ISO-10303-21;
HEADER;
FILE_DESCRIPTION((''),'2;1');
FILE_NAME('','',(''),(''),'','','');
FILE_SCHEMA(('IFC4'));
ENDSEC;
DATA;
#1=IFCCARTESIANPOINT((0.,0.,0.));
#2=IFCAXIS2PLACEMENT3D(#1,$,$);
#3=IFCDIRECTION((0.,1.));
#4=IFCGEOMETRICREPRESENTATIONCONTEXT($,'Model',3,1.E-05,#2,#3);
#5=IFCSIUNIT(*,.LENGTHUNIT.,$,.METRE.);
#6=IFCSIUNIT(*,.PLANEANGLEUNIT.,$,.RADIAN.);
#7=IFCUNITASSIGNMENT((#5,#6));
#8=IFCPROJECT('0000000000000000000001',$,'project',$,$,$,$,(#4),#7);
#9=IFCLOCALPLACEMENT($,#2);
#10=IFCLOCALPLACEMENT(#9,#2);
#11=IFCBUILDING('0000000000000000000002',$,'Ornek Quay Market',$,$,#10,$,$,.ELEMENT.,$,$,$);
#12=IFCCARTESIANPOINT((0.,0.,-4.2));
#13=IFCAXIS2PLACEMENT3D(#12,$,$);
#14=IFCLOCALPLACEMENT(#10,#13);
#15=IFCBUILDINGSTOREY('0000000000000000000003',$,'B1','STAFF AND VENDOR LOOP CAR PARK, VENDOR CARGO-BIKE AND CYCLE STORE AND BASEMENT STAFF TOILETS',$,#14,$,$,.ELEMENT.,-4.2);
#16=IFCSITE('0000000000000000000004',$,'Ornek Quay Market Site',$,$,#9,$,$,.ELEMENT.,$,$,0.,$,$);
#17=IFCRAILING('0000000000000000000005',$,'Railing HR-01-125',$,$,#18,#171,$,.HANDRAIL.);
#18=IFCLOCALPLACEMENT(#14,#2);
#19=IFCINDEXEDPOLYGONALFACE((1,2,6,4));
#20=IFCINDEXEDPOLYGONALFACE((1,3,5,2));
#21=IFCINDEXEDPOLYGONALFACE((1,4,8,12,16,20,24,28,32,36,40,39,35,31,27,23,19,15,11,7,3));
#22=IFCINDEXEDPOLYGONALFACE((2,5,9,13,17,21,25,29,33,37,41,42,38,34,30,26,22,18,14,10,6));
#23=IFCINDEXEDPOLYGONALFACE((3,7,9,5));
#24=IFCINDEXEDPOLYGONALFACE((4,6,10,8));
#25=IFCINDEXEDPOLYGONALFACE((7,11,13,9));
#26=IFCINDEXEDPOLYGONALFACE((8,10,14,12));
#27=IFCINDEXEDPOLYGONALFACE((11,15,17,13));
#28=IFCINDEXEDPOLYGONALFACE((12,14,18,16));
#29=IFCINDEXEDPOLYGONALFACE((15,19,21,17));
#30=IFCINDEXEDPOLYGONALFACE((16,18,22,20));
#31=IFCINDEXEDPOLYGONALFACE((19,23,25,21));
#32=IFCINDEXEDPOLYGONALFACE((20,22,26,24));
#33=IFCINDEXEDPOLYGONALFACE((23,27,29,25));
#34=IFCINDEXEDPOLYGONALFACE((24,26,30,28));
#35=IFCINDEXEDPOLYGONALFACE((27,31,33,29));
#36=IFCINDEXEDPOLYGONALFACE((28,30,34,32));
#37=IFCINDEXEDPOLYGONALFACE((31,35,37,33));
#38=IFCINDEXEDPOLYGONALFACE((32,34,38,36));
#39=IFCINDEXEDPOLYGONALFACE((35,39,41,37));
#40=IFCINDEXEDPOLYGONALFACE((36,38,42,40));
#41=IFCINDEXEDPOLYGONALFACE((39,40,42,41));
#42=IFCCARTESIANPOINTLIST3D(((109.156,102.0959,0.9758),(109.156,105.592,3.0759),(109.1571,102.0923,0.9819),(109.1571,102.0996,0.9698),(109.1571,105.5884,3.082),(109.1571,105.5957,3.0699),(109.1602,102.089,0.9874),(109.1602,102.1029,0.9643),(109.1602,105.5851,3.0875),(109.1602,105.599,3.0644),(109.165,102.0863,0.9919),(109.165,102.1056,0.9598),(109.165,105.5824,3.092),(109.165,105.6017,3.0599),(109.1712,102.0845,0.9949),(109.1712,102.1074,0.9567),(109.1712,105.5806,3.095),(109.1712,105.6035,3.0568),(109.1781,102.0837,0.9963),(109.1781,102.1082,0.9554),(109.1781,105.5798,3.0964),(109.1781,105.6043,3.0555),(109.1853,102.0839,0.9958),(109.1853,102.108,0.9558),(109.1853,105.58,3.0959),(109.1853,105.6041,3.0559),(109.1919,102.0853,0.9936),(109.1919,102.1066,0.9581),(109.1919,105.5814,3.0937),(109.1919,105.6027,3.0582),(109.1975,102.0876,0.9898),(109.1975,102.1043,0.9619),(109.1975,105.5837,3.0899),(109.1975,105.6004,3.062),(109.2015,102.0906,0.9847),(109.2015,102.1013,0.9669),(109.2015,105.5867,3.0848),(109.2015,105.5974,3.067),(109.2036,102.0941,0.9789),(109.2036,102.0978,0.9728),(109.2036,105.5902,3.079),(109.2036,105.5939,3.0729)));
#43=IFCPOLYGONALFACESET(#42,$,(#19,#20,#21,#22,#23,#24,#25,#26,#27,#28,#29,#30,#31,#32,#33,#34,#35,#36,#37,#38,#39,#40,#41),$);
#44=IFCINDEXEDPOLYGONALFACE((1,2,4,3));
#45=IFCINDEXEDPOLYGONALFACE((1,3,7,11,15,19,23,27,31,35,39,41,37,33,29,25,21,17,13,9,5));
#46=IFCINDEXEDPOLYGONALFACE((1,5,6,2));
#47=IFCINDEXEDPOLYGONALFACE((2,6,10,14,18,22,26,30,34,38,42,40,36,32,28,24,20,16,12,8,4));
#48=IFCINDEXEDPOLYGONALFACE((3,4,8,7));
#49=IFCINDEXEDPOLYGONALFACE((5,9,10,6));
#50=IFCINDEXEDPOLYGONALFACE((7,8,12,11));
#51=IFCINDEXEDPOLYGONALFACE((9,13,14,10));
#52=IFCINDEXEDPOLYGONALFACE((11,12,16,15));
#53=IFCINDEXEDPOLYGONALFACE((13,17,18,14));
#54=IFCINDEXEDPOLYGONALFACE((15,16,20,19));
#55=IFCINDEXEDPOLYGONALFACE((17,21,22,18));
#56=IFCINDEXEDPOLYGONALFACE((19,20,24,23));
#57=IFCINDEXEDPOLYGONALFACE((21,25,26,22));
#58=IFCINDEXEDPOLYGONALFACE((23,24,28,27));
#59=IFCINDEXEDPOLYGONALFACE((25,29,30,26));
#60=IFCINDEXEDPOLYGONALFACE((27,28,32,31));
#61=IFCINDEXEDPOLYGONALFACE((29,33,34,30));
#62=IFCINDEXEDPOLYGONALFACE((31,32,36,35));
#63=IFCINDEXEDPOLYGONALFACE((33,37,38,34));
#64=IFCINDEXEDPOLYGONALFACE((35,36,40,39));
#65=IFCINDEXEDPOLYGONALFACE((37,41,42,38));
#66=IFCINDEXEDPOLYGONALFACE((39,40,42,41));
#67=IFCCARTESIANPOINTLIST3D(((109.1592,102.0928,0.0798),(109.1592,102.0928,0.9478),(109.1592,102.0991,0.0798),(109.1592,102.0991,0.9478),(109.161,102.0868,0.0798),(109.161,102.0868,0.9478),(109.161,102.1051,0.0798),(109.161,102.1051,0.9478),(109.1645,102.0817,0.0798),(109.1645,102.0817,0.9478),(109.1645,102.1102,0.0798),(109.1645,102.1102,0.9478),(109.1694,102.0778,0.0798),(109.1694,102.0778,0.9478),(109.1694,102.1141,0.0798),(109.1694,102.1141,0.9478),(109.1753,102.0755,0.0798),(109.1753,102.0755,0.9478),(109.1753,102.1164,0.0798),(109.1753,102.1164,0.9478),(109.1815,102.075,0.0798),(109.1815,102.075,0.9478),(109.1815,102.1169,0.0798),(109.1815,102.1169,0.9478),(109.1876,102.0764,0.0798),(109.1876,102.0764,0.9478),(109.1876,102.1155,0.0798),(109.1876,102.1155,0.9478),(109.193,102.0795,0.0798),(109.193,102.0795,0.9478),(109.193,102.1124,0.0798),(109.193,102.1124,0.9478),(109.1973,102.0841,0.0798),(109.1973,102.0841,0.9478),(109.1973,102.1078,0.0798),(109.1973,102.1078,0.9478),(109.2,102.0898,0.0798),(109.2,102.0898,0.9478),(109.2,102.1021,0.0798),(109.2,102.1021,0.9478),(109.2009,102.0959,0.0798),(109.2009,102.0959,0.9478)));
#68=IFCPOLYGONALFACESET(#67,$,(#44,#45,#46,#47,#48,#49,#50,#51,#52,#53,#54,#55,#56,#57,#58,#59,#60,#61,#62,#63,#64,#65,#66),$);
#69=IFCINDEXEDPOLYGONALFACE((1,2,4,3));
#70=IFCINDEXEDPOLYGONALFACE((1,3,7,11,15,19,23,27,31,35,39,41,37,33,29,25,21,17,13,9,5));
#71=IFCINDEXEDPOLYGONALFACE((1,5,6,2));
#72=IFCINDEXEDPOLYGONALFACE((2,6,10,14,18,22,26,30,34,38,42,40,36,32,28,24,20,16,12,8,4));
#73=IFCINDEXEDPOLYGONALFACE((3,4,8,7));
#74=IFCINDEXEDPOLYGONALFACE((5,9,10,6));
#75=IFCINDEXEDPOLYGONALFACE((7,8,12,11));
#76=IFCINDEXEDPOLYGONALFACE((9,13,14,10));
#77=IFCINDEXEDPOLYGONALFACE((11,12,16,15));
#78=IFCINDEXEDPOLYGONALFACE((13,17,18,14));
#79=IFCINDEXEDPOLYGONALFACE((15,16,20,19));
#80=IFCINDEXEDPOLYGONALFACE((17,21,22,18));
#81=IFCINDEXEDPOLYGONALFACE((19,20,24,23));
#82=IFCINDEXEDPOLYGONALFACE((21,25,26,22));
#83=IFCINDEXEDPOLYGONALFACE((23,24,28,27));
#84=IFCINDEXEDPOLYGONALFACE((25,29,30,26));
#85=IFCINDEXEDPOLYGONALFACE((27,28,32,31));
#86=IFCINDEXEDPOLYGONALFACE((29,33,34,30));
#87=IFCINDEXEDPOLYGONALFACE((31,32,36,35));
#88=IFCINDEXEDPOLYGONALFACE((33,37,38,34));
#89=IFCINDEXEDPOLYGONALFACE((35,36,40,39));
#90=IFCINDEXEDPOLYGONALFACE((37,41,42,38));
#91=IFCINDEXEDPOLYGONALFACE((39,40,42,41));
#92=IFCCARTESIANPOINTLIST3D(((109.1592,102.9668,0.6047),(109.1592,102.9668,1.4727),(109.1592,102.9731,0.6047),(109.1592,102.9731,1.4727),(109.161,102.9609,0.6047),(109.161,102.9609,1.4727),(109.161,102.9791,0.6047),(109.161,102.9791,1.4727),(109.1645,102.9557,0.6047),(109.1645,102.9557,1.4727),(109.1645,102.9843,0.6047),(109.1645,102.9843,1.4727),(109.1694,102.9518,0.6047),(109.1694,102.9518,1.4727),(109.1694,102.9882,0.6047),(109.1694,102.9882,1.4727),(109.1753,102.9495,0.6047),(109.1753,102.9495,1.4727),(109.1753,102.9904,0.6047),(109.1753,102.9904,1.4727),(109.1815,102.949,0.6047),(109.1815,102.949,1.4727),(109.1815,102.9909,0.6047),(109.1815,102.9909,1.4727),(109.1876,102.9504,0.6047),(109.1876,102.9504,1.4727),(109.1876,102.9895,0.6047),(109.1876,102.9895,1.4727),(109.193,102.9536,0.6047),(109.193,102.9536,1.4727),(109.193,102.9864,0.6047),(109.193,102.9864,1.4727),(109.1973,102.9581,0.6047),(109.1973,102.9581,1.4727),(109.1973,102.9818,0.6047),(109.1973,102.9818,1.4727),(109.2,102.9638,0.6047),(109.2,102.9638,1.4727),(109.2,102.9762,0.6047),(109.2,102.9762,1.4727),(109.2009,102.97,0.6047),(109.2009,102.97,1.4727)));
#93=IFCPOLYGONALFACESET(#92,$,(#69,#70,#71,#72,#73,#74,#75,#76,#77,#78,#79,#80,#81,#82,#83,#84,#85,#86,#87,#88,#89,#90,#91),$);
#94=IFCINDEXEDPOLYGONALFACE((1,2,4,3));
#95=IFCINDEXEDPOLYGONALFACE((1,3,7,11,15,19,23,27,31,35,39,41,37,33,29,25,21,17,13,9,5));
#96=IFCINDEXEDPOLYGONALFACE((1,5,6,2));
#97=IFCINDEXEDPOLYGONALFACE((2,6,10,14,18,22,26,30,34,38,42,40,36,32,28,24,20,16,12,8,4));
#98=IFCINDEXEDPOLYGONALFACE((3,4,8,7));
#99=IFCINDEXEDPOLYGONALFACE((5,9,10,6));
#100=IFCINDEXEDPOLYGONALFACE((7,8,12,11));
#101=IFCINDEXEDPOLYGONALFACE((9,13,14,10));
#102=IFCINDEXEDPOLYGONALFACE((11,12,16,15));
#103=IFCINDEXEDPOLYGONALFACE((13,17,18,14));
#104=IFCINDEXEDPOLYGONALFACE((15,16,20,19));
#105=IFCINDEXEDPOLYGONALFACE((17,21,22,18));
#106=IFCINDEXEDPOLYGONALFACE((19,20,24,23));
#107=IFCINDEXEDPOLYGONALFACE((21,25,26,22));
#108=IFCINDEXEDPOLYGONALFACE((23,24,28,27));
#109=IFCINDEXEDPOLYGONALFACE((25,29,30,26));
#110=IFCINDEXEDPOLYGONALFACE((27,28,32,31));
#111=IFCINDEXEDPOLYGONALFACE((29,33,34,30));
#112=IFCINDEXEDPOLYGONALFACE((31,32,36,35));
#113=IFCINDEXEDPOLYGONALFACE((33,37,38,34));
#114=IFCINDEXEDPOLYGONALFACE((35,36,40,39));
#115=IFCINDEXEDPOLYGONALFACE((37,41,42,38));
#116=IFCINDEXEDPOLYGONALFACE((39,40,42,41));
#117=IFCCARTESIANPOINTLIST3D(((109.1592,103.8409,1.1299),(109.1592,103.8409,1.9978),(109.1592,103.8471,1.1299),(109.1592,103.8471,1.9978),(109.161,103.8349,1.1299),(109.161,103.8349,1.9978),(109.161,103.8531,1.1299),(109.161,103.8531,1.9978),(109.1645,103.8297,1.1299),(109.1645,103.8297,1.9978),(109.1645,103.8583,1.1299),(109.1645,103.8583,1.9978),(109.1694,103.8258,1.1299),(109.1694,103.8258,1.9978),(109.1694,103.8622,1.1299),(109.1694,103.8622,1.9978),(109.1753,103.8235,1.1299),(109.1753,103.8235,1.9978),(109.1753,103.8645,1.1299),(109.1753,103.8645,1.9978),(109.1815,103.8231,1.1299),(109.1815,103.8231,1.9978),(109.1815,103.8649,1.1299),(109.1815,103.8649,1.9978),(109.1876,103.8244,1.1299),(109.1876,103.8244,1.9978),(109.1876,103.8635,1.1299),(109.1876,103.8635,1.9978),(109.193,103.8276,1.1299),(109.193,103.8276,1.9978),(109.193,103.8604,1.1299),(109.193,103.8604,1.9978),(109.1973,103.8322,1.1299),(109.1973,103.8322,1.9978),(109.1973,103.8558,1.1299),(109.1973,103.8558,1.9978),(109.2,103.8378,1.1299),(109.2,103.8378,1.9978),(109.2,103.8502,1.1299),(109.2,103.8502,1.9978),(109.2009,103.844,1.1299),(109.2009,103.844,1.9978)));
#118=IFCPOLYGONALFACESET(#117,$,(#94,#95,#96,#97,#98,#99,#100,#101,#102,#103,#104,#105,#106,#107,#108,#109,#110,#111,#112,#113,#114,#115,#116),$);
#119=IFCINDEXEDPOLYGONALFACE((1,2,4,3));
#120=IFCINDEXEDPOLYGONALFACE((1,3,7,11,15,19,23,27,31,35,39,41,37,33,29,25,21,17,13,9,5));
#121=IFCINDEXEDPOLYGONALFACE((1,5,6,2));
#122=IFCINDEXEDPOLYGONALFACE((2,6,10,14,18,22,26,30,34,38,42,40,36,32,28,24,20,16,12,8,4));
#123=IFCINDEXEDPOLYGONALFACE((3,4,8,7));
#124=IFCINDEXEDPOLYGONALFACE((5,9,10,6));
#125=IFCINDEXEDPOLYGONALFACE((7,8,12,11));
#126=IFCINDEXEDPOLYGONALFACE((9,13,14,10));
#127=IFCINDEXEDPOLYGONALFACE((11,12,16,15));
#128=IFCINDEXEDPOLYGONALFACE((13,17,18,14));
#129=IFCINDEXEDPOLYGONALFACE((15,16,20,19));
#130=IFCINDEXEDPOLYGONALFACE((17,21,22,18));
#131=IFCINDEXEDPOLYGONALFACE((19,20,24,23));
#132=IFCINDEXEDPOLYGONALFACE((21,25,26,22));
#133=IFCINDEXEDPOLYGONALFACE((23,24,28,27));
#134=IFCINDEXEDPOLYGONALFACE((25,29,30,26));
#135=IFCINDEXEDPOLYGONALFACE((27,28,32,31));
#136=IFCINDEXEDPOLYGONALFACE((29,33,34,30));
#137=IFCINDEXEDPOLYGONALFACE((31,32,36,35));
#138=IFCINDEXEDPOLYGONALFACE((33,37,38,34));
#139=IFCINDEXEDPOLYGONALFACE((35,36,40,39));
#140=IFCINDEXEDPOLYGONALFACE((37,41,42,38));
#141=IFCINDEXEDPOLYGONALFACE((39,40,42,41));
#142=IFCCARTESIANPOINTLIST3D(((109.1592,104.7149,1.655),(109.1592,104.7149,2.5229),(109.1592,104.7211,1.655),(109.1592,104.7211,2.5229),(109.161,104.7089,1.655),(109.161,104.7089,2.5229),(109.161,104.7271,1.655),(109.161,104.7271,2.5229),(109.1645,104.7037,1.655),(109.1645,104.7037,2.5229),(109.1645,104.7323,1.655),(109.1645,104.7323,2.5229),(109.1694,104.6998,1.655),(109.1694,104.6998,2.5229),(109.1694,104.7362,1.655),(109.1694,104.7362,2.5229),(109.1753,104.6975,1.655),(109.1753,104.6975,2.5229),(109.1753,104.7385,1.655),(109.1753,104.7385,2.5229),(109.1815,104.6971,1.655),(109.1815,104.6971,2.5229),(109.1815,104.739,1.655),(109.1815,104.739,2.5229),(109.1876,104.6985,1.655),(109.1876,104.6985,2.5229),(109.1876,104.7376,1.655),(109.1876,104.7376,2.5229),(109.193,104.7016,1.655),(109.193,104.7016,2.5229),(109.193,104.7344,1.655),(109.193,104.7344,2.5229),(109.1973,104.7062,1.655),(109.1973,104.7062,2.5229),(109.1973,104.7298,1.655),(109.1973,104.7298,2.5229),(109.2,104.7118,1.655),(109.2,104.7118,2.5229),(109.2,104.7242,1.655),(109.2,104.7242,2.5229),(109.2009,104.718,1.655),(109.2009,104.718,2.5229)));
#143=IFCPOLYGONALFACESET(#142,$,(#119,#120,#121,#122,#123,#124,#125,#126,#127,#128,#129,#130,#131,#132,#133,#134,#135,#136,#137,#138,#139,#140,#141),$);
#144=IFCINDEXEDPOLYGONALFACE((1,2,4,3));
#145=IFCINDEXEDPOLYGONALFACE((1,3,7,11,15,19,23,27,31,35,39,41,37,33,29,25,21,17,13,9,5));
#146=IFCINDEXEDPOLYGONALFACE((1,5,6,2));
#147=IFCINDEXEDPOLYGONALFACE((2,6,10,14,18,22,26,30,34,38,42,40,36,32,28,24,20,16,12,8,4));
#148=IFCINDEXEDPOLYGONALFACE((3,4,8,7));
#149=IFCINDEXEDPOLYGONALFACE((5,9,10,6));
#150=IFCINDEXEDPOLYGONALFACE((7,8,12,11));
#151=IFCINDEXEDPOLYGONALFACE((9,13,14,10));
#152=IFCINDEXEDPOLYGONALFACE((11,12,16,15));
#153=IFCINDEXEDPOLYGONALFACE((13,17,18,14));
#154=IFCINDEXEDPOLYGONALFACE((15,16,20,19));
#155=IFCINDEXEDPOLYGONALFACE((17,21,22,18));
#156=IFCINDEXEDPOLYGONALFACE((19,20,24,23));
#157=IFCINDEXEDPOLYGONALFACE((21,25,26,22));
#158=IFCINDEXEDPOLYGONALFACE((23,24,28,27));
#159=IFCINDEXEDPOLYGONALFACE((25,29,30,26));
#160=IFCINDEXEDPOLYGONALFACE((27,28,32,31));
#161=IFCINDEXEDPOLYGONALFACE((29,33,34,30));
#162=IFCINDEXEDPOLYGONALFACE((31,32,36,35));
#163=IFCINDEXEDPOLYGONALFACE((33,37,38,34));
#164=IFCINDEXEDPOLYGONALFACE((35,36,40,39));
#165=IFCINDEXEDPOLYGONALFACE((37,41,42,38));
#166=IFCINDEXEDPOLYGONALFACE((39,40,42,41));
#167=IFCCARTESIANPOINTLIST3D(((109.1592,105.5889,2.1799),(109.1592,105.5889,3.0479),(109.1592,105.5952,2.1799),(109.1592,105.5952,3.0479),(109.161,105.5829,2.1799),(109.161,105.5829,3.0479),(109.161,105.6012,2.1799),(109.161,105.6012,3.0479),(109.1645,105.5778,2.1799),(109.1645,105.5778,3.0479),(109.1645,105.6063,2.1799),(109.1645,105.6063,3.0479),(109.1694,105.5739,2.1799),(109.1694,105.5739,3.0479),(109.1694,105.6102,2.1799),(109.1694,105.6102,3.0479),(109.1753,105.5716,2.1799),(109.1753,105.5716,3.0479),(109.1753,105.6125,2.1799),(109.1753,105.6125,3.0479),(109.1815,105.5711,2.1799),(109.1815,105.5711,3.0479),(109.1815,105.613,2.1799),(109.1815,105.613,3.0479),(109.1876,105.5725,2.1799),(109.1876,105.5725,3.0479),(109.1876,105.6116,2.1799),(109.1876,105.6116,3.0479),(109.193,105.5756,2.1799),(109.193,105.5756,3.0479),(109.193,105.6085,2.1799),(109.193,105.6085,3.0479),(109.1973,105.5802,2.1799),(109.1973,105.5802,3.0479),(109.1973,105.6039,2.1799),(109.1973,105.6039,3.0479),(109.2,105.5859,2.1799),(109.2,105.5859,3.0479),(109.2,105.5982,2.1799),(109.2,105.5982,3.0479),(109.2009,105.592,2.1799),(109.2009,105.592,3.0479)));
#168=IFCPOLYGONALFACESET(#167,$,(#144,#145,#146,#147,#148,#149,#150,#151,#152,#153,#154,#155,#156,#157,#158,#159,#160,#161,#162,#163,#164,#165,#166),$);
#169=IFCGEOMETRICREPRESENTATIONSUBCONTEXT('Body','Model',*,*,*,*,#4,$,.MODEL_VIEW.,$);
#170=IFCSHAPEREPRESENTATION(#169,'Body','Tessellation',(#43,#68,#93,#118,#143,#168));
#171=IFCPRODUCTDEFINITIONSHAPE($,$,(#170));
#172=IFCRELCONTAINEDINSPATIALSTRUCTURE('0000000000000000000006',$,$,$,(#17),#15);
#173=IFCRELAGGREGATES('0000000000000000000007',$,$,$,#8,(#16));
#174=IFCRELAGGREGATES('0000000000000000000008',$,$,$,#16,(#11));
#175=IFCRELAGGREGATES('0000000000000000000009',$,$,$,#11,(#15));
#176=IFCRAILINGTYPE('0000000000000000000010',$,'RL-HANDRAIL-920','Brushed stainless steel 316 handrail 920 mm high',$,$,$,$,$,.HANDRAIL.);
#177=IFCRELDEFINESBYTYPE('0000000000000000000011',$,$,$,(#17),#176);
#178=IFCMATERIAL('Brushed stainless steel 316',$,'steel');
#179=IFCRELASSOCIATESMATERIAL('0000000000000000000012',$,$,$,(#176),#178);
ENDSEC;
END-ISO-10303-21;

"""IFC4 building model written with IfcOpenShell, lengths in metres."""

from ifc_helpers import new_model, si_unit, direction, frame, origin, origin_2d, place, context, subcontext, project, spatial, circle, extrude, material, type_object, element, save


model = new_model("IFC4")

# Units and contexts
model_context = context("Model", 3, precision=1e-05, world=origin(), true_north=direction((0.0, 1.0)))
body_context = subcontext(model_context, "Body", "Model", "MODEL_VIEW")
ifc_project = project(units=[si_unit("LENGTHUNIT", "METRE"), si_unit("PLANEANGLEUNIT", "RADIAN")], contexts=[model_context])

# Site, building, storey
site_placement = place(None, origin())
site = spatial("IfcSite", under=ifc_project, at=site_placement, Name="Ornek Quay Market Site", CompositionType="ELEMENT", RefElevation=0.0)
building_placement = place(site_placement, origin())
building = spatial("IfcBuilding", under=site, at=building_placement, Name="Ornek Quay Market", CompositionType="ELEMENT")
storey_placement = place(building_placement, frame((0.0, 0.0, -4.2)))
storey = spatial("IfcBuildingStorey", under=building, at=storey_placement, Name="B1", Description="STAFF AND VENDOR LOOP CAR PARK, VENDOR CARGO-BIKE AND CYCLE STORE AND BASEMENT STAFF TOILETS", CompositionType="ELEMENT", Elevation=-4.2)

# Railing
ifc_material_1 = material(Name="Brushed stainless steel 316", Category="steel")
railing_type = type_object("IfcRailingType", Name="RL-HANDRAIL-920", Description="Brushed stainless steel 316 handrail 920 mm high", PredefinedType="HANDRAIL", material=ifc_material_1)
railing_placement = place(storey_placement, frame((109.1799, 102.0959, 0.0798)))
element("IfcRailing", 1, at=railing_placement, inside=storey, type_object=railing_type, Name="Railing HR-01-125", PredefinedType="HANDRAIL", context=body_context, shape_type="SweptSolid", body=[
    extrude(circle(Radius=0.0239, at=origin_2d()), frame((0.0, 0.0, 0.896), z_axis=(0.0, 0.857229, 0.514936), x_axis=(-1.0, 0.0, 0.0)), (0.0, 0.0, 1.0), 4.0784),
    extrude(circle(Radius=0.021, at=origin_2d()), origin(), (0.0, 0.0, 1.0), 0.8679),
    extrude(circle(Radius=0.021, at=origin_2d()), frame((0.0, 0.874, 0.5249)), (0.0, 0.0, 1.0), 0.8679),
    extrude(circle(Radius=0.021, at=origin_2d()), frame((0.0, 1.748, 1.05)), (0.0, 0.0, 1.0), 0.8679),
    extrude(circle(Radius=0.021, at=origin_2d()), frame((0.0, 2.6221, 1.5752)), (0.0, 0.0, 1.0), 0.8679),
    extrude(circle(Radius=0.021, at=origin_2d()), frame((0.0, 3.4961, 2.1001)), (0.0, 0.0, 1.0), 0.8679),
])

save(model, "model.ifc")
